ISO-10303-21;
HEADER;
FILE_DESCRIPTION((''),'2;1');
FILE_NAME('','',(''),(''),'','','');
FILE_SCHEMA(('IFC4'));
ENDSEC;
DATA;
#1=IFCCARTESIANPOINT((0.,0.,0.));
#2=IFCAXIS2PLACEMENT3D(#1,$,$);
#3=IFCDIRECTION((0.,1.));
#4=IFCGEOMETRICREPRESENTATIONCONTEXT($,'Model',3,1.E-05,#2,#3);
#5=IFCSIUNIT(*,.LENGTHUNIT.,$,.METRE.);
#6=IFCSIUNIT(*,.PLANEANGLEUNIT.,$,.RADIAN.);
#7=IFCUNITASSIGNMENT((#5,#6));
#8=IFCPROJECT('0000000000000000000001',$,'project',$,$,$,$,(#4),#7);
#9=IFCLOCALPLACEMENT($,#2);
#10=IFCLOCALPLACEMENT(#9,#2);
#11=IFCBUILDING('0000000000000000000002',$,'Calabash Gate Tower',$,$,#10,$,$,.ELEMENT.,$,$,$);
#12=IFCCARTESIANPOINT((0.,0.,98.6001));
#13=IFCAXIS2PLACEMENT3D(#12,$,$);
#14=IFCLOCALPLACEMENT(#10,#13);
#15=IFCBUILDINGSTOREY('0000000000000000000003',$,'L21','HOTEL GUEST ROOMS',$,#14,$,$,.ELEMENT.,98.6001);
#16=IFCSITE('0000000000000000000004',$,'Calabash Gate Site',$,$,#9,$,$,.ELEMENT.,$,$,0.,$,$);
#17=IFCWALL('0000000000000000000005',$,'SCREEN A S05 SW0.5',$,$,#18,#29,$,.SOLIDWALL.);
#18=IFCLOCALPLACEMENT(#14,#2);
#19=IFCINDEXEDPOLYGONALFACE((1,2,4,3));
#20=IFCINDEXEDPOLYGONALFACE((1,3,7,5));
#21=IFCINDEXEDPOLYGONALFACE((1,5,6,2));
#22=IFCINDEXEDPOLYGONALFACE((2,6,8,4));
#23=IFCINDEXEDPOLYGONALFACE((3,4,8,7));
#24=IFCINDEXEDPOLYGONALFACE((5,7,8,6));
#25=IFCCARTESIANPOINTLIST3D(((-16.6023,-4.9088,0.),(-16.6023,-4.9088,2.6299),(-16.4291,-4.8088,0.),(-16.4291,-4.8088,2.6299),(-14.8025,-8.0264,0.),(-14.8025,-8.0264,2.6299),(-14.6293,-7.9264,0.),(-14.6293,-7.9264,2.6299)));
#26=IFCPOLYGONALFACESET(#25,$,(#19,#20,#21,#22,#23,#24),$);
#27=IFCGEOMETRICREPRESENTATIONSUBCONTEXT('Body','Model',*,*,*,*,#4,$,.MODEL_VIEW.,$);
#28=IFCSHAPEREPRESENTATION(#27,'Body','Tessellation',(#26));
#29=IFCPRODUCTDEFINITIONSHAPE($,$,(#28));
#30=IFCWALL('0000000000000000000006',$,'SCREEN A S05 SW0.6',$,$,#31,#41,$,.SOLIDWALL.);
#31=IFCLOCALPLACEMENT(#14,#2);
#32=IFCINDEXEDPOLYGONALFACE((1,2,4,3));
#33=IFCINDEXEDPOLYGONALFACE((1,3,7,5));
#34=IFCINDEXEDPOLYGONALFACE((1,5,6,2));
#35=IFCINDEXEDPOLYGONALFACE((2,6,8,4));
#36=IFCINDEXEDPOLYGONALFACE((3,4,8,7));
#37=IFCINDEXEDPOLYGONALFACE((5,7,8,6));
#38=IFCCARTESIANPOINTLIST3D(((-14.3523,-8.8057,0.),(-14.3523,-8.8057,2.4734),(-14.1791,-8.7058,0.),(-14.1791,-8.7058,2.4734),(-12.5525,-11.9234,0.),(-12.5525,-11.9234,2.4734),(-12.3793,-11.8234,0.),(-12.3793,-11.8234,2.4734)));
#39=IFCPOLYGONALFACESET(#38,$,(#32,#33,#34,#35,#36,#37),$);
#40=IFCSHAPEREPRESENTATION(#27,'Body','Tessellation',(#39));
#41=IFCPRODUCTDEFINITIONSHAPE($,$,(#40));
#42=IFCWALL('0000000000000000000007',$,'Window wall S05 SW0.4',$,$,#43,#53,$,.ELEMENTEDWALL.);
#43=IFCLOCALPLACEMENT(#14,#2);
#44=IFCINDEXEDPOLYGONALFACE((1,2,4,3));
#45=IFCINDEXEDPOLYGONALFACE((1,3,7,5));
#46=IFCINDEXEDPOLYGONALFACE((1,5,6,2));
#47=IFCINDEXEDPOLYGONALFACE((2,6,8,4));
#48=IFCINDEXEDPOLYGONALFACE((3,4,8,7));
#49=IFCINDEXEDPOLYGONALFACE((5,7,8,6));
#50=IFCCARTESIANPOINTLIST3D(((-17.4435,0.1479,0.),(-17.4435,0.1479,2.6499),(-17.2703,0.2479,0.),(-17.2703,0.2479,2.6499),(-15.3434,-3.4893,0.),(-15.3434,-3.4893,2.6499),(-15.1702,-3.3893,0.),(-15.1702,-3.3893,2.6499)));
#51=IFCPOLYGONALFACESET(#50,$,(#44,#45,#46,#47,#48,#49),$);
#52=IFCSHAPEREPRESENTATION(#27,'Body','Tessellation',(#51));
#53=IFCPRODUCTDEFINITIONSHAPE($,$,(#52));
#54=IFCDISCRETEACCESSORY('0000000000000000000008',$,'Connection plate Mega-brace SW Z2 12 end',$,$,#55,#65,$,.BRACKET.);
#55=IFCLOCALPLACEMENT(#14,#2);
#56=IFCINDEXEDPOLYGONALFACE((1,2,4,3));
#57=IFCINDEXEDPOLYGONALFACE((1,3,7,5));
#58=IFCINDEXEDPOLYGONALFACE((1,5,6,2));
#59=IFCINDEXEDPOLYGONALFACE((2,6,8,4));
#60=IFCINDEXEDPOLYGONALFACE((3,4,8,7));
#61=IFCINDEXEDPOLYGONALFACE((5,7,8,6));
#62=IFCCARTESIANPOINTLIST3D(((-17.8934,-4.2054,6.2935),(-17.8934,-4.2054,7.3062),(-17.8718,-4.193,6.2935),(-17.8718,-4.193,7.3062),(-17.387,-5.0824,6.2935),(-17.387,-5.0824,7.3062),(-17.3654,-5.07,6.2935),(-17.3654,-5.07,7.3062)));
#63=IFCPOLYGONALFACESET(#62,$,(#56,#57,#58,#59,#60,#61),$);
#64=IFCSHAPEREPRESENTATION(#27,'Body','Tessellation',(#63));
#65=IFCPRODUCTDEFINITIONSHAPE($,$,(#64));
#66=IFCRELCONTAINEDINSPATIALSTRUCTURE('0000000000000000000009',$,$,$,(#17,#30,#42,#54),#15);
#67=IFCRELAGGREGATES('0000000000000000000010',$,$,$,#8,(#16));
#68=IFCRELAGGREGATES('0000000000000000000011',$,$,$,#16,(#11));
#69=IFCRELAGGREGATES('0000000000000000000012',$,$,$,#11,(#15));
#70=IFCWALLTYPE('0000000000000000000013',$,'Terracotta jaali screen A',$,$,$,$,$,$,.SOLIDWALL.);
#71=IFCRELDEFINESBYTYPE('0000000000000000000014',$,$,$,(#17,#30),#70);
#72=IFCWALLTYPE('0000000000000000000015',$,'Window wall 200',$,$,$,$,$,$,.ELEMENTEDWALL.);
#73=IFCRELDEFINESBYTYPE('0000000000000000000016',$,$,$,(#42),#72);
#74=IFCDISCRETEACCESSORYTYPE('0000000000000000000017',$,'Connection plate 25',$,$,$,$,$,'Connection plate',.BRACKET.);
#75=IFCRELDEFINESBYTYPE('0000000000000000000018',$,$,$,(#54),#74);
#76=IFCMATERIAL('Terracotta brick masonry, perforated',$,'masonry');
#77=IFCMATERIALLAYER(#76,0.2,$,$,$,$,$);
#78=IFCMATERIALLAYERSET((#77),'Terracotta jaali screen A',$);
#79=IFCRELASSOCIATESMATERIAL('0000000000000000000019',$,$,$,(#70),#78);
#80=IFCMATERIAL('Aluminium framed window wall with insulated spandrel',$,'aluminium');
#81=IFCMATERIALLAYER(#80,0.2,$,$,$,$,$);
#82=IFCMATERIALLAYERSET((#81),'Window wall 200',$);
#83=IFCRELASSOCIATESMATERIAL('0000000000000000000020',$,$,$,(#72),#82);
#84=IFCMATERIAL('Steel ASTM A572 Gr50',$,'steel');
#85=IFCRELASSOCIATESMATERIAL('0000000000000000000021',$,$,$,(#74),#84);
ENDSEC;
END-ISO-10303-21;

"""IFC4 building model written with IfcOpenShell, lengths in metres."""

from ifc_helpers import new_model, si_unit, direction, frame, frame_2d, origin, origin_2d, place, context, subcontext, project, spatial, rectangle, extrude, material, layer, layer_set, type_object, element, save


model = new_model("IFC4")

# Units and contexts
model_context = context("Model", 3, precision=1e-05, world=origin(), true_north=direction((0.0, 1.0)))
body_context = subcontext(model_context, "Body", "Model", "MODEL_VIEW")
ifc_project = project(units=[si_unit("LENGTHUNIT", "METRE"), si_unit("PLANEANGLEUNIT", "RADIAN")], contexts=[model_context])

# Site, building, storey
site_placement = place(None, origin())
site = spatial("IfcSite", under=ifc_project, at=site_placement, Name="Calabash Gate Site", CompositionType="ELEMENT", RefElevation=0.0)
building_placement = place(site_placement, origin())
building = spatial("IfcBuilding", under=site, at=building_placement, Name="Calabash Gate Tower", CompositionType="ELEMENT")
storey_placement = place(building_placement, frame((0.0, 0.0, 98.6001)))
storey = spatial("IfcBuildingStorey", under=building, at=storey_placement, Name="L21", Description="HOTEL GUEST ROOMS", CompositionType="ELEMENT", Elevation=98.6001)

# Walls
ifc_material_1 = material(Name="Terracotta brick masonry, perforated", Category="masonry")
ifc_layer_1 = layer(ifc_material_1, 0.2)
ifc_layer_set_1 = layer_set([ifc_layer_1], Name="Terracotta jaali screen A")
wall_type_1 = type_object("IfcWallType", Name="Terracotta jaali screen A", PredefinedType="SOLIDWALL", material=ifc_layer_set_1)
wall_1_placement = place(storey_placement, frame((-16.5156, -4.8589, 0.0), z_axis=(0.0, 0.0, 1.0), x_axis=(0.499961, -0.866048, 0.0)))
element("IfcWall", 1, at=wall_1_placement, inside=storey, type_object=wall_type_1, Name="SCREEN A S05 SW0.5", PredefinedType="SOLIDWALL", context=body_context, shape_type="SweptSolid", body=[
    extrude(rectangle(XDim=3.5999, YDim=0.2, at=frame_2d((1.7998, 0.0))), origin(), (0.0, 0.0, 1.0), 2.6299),
])
wall_2_placement = place(storey_placement, frame((-14.2656, -8.7559, 0.0), z_axis=(0.0, 0.0, 1.0), x_axis=(0.499961, -0.866048, 0.0)))
element("IfcWall", 2, at=wall_2_placement, inside=storey, type_object=wall_type_1, Name="SCREEN A S05 SW0.6", PredefinedType="SOLIDWALL", context=body_context, shape_type="SweptSolid", body=[
    extrude(rectangle(XDim=3.5999, YDim=0.2, at=frame_2d((1.7998, 0.0))), origin(), (0.0, 0.0, 1.0), 2.4734),
])
ifc_material_2 = material(Name="Aluminium framed window wall with insulated spandrel", Category="aluminium")
ifc_layer_2 = layer(ifc_material_2, 0.2)
ifc_layer_set_2 = layer_set([ifc_layer_2], Name="Window wall 200")
wall_type_2 = type_object("IfcWallType", Name="Window wall 200", PredefinedType="ELEMENTEDWALL", material=ifc_layer_set_2)
wall_3_placement = place(storey_placement, frame((-17.3569, 0.198, 0.0), z_axis=(0.0, 0.0, 1.0), x_axis=(0.500028, -0.866009, 0.0)))
element("IfcWall", 3, at=wall_3_placement, inside=storey, type_object=wall_type_2, Name="Window wall S05 SW0.4", PredefinedType="ELEMENTEDWALL", context=body_context, shape_type="SweptSolid", body=[
    extrude(rectangle(XDim=4.2, YDim=0.2, at=frame_2d((2.1001, 0.0))), origin(), (0.0, 0.0, 1.0), 2.6499),
])

# Discrete accessory
ifc_material_3 = material(Name="Steel ASTM A572 Gr50", Category="steel")
discrete_accessory_type = type_object("IfcDiscreteAccessoryType", Name="Connection plate 25", ElementType="Connection plate", PredefinedType="BRACKET", material=ifc_material_3)
discrete_accessory_placement = place(storey_placement, frame((-17.6294, -4.6377, 6.2935), z_axis=(0.0, 0.0, 1.0), x_axis=(0.5, -0.866025, 0.0)))
element("IfcDiscreteAccessory", 4, at=discrete_accessory_placement, inside=storey, type_object=discrete_accessory_type, Name="Connection plate Mega-brace SW Z2 12 end", PredefinedType="BRACKET", context=body_context, shape_type="SweptSolid", body=[
    extrude(rectangle(XDim=1.0127, YDim=0.0249, at=origin_2d()), origin(), (0.0, 0.0, 1.0), 1.0127),
])

save(model, "model.ifc")
